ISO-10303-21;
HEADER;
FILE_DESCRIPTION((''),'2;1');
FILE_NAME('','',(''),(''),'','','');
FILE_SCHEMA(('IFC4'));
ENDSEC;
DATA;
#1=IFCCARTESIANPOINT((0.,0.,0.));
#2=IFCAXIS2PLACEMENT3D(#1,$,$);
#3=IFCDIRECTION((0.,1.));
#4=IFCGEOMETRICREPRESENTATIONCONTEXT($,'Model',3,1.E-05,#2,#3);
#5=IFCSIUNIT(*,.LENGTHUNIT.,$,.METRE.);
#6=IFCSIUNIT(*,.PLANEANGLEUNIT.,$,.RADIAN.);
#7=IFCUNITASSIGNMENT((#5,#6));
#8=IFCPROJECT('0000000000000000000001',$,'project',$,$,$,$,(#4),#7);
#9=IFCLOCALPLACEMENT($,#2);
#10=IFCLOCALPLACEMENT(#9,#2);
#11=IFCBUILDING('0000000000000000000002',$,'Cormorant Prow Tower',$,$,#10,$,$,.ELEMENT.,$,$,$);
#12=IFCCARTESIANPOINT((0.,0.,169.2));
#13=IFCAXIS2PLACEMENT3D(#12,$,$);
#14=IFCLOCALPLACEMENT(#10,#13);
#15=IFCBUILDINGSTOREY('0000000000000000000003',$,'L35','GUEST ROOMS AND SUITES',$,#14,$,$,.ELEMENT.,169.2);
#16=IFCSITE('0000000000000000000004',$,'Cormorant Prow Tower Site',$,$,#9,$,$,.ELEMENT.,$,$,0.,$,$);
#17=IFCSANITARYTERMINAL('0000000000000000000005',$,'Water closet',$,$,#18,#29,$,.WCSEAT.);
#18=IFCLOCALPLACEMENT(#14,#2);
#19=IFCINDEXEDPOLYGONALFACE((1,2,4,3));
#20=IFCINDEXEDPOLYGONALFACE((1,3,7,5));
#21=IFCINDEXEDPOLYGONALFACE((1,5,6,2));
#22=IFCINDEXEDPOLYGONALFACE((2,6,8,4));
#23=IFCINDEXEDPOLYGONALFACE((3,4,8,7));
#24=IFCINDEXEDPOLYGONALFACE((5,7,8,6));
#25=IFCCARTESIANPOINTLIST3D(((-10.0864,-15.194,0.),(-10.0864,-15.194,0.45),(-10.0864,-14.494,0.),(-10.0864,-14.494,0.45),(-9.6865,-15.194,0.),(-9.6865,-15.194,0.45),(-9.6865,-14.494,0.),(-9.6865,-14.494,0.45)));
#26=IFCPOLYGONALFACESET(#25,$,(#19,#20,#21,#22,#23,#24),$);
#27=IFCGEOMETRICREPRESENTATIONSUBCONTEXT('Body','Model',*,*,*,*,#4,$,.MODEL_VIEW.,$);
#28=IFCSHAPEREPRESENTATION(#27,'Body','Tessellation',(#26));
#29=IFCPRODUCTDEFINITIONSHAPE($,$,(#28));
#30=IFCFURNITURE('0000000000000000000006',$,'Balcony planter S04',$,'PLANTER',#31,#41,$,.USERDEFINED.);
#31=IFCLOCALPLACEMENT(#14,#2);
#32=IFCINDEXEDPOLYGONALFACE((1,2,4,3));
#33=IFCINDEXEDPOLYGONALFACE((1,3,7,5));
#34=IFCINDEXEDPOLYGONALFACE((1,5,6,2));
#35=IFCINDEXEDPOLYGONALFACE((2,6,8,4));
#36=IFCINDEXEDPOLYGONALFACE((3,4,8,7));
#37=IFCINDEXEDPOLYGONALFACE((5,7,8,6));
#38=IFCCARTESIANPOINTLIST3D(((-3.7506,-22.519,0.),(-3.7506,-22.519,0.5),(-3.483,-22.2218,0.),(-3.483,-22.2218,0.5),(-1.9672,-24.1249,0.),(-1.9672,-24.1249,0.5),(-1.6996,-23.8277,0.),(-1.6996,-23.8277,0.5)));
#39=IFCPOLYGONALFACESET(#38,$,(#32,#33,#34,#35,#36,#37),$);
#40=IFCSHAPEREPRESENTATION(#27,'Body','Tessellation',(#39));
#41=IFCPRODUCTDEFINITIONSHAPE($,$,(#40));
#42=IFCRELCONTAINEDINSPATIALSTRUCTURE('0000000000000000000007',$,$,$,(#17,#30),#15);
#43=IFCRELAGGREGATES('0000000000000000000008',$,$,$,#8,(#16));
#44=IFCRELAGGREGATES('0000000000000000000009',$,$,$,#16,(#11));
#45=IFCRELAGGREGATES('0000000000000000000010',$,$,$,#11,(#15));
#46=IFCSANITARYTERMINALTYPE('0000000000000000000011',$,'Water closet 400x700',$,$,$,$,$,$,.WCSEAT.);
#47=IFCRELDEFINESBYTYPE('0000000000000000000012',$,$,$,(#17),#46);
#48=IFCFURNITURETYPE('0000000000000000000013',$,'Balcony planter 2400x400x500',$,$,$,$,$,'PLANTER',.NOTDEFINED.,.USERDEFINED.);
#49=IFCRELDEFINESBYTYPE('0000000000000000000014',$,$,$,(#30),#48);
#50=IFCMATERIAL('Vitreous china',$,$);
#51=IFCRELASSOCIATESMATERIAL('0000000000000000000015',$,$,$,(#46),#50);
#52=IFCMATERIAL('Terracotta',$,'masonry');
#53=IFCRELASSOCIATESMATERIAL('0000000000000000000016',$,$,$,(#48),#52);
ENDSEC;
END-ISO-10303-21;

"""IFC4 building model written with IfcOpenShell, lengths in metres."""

from ifc_helpers import new_model, si_unit, direction, frame, origin, origin_2d, place, context, subcontext, project, spatial, rectangle, extrude, material, type_object, element, save


model = new_model("IFC4")

# Units and contexts
model_context = context("Model", 3, precision=1e-05, world=origin(), true_north=direction((0.0, 1.0)))
body_context = subcontext(model_context, "Body", "Model", "MODEL_VIEW")
ifc_project = project(units=[si_unit("LENGTHUNIT", "METRE"), si_unit("PLANEANGLEUNIT", "RADIAN")], contexts=[model_context])

# Site, building, storey
site_placement = place(None, origin())
site = spatial("IfcSite", under=ifc_project, at=site_placement, Name="Cormorant Prow Tower Site", CompositionType="ELEMENT", RefElevation=0.0)
building_placement = place(site_placement, origin())
building = spatial("IfcBuilding", under=site, at=building_placement, Name="Cormorant Prow Tower", CompositionType="ELEMENT")
storey_placement = place(building_placement, frame((0.0, 0.0, 169.2)))
storey = spatial("IfcBuildingStorey", under=building, at=storey_placement, Name="L35", Description="GUEST ROOMS AND SUITES", CompositionType="ELEMENT", Elevation=169.2)

# Sanitary terminal
ifc_material_1 = material(Name="Vitreous china")
sanitary_terminal_type_1 = type_object("IfcSanitaryTerminalType", Name="Water closet 400x700", PredefinedType="WCSEAT", material=ifc_material_1)
sanitary_terminal_1_placement = place(storey_placement, frame((-9.8865, -14.844, 0.0), z_axis=(0.0, 0.0, 1.0), x_axis=(1.0, 0.0, 0.0)))
element("IfcSanitaryTerminal", 1, at=sanitary_terminal_1_placement, inside=storey, type_object=sanitary_terminal_type_1, Name="Water closet", PredefinedType="WCSEAT", context=body_context, shape_type="SweptSolid", body=[
    extrude(rectangle(XDim=0.3999, YDim=0.7, at=origin_2d()), origin(), (0.0, 0.0, 1.0), 0.45),
])

# Furniture
ifc_material_2 = material(Name="Terracotta", Category="masonry")
furniture_type = type_object("IfcFurnitureType", Name="Balcony planter 2400x400x500", ElementType="PLANTER", AssemblyPlace="NOTDEFINED", PredefinedType="USERDEFINED", material=ifc_material_2)
furniture_placement = place(storey_placement, frame((-2.7251, -23.1733, 0.0), z_axis=(0.0, 0.0, 1.0), x_axis=(0.743145, -0.669131, 0.0)))
element("IfcFurniture", 2, at=furniture_placement, inside=storey, type_object=furniture_type, Name="Balcony planter S04", ObjectType="PLANTER", PredefinedType="USERDEFINED", context=body_context, shape_type="SweptSolid", body=[
    extrude(rectangle(XDim=2.3999, YDim=0.3999, at=origin_2d()), origin(), (0.0, 0.0, 1.0), 0.5),
])

save(model, "model.ifc")
